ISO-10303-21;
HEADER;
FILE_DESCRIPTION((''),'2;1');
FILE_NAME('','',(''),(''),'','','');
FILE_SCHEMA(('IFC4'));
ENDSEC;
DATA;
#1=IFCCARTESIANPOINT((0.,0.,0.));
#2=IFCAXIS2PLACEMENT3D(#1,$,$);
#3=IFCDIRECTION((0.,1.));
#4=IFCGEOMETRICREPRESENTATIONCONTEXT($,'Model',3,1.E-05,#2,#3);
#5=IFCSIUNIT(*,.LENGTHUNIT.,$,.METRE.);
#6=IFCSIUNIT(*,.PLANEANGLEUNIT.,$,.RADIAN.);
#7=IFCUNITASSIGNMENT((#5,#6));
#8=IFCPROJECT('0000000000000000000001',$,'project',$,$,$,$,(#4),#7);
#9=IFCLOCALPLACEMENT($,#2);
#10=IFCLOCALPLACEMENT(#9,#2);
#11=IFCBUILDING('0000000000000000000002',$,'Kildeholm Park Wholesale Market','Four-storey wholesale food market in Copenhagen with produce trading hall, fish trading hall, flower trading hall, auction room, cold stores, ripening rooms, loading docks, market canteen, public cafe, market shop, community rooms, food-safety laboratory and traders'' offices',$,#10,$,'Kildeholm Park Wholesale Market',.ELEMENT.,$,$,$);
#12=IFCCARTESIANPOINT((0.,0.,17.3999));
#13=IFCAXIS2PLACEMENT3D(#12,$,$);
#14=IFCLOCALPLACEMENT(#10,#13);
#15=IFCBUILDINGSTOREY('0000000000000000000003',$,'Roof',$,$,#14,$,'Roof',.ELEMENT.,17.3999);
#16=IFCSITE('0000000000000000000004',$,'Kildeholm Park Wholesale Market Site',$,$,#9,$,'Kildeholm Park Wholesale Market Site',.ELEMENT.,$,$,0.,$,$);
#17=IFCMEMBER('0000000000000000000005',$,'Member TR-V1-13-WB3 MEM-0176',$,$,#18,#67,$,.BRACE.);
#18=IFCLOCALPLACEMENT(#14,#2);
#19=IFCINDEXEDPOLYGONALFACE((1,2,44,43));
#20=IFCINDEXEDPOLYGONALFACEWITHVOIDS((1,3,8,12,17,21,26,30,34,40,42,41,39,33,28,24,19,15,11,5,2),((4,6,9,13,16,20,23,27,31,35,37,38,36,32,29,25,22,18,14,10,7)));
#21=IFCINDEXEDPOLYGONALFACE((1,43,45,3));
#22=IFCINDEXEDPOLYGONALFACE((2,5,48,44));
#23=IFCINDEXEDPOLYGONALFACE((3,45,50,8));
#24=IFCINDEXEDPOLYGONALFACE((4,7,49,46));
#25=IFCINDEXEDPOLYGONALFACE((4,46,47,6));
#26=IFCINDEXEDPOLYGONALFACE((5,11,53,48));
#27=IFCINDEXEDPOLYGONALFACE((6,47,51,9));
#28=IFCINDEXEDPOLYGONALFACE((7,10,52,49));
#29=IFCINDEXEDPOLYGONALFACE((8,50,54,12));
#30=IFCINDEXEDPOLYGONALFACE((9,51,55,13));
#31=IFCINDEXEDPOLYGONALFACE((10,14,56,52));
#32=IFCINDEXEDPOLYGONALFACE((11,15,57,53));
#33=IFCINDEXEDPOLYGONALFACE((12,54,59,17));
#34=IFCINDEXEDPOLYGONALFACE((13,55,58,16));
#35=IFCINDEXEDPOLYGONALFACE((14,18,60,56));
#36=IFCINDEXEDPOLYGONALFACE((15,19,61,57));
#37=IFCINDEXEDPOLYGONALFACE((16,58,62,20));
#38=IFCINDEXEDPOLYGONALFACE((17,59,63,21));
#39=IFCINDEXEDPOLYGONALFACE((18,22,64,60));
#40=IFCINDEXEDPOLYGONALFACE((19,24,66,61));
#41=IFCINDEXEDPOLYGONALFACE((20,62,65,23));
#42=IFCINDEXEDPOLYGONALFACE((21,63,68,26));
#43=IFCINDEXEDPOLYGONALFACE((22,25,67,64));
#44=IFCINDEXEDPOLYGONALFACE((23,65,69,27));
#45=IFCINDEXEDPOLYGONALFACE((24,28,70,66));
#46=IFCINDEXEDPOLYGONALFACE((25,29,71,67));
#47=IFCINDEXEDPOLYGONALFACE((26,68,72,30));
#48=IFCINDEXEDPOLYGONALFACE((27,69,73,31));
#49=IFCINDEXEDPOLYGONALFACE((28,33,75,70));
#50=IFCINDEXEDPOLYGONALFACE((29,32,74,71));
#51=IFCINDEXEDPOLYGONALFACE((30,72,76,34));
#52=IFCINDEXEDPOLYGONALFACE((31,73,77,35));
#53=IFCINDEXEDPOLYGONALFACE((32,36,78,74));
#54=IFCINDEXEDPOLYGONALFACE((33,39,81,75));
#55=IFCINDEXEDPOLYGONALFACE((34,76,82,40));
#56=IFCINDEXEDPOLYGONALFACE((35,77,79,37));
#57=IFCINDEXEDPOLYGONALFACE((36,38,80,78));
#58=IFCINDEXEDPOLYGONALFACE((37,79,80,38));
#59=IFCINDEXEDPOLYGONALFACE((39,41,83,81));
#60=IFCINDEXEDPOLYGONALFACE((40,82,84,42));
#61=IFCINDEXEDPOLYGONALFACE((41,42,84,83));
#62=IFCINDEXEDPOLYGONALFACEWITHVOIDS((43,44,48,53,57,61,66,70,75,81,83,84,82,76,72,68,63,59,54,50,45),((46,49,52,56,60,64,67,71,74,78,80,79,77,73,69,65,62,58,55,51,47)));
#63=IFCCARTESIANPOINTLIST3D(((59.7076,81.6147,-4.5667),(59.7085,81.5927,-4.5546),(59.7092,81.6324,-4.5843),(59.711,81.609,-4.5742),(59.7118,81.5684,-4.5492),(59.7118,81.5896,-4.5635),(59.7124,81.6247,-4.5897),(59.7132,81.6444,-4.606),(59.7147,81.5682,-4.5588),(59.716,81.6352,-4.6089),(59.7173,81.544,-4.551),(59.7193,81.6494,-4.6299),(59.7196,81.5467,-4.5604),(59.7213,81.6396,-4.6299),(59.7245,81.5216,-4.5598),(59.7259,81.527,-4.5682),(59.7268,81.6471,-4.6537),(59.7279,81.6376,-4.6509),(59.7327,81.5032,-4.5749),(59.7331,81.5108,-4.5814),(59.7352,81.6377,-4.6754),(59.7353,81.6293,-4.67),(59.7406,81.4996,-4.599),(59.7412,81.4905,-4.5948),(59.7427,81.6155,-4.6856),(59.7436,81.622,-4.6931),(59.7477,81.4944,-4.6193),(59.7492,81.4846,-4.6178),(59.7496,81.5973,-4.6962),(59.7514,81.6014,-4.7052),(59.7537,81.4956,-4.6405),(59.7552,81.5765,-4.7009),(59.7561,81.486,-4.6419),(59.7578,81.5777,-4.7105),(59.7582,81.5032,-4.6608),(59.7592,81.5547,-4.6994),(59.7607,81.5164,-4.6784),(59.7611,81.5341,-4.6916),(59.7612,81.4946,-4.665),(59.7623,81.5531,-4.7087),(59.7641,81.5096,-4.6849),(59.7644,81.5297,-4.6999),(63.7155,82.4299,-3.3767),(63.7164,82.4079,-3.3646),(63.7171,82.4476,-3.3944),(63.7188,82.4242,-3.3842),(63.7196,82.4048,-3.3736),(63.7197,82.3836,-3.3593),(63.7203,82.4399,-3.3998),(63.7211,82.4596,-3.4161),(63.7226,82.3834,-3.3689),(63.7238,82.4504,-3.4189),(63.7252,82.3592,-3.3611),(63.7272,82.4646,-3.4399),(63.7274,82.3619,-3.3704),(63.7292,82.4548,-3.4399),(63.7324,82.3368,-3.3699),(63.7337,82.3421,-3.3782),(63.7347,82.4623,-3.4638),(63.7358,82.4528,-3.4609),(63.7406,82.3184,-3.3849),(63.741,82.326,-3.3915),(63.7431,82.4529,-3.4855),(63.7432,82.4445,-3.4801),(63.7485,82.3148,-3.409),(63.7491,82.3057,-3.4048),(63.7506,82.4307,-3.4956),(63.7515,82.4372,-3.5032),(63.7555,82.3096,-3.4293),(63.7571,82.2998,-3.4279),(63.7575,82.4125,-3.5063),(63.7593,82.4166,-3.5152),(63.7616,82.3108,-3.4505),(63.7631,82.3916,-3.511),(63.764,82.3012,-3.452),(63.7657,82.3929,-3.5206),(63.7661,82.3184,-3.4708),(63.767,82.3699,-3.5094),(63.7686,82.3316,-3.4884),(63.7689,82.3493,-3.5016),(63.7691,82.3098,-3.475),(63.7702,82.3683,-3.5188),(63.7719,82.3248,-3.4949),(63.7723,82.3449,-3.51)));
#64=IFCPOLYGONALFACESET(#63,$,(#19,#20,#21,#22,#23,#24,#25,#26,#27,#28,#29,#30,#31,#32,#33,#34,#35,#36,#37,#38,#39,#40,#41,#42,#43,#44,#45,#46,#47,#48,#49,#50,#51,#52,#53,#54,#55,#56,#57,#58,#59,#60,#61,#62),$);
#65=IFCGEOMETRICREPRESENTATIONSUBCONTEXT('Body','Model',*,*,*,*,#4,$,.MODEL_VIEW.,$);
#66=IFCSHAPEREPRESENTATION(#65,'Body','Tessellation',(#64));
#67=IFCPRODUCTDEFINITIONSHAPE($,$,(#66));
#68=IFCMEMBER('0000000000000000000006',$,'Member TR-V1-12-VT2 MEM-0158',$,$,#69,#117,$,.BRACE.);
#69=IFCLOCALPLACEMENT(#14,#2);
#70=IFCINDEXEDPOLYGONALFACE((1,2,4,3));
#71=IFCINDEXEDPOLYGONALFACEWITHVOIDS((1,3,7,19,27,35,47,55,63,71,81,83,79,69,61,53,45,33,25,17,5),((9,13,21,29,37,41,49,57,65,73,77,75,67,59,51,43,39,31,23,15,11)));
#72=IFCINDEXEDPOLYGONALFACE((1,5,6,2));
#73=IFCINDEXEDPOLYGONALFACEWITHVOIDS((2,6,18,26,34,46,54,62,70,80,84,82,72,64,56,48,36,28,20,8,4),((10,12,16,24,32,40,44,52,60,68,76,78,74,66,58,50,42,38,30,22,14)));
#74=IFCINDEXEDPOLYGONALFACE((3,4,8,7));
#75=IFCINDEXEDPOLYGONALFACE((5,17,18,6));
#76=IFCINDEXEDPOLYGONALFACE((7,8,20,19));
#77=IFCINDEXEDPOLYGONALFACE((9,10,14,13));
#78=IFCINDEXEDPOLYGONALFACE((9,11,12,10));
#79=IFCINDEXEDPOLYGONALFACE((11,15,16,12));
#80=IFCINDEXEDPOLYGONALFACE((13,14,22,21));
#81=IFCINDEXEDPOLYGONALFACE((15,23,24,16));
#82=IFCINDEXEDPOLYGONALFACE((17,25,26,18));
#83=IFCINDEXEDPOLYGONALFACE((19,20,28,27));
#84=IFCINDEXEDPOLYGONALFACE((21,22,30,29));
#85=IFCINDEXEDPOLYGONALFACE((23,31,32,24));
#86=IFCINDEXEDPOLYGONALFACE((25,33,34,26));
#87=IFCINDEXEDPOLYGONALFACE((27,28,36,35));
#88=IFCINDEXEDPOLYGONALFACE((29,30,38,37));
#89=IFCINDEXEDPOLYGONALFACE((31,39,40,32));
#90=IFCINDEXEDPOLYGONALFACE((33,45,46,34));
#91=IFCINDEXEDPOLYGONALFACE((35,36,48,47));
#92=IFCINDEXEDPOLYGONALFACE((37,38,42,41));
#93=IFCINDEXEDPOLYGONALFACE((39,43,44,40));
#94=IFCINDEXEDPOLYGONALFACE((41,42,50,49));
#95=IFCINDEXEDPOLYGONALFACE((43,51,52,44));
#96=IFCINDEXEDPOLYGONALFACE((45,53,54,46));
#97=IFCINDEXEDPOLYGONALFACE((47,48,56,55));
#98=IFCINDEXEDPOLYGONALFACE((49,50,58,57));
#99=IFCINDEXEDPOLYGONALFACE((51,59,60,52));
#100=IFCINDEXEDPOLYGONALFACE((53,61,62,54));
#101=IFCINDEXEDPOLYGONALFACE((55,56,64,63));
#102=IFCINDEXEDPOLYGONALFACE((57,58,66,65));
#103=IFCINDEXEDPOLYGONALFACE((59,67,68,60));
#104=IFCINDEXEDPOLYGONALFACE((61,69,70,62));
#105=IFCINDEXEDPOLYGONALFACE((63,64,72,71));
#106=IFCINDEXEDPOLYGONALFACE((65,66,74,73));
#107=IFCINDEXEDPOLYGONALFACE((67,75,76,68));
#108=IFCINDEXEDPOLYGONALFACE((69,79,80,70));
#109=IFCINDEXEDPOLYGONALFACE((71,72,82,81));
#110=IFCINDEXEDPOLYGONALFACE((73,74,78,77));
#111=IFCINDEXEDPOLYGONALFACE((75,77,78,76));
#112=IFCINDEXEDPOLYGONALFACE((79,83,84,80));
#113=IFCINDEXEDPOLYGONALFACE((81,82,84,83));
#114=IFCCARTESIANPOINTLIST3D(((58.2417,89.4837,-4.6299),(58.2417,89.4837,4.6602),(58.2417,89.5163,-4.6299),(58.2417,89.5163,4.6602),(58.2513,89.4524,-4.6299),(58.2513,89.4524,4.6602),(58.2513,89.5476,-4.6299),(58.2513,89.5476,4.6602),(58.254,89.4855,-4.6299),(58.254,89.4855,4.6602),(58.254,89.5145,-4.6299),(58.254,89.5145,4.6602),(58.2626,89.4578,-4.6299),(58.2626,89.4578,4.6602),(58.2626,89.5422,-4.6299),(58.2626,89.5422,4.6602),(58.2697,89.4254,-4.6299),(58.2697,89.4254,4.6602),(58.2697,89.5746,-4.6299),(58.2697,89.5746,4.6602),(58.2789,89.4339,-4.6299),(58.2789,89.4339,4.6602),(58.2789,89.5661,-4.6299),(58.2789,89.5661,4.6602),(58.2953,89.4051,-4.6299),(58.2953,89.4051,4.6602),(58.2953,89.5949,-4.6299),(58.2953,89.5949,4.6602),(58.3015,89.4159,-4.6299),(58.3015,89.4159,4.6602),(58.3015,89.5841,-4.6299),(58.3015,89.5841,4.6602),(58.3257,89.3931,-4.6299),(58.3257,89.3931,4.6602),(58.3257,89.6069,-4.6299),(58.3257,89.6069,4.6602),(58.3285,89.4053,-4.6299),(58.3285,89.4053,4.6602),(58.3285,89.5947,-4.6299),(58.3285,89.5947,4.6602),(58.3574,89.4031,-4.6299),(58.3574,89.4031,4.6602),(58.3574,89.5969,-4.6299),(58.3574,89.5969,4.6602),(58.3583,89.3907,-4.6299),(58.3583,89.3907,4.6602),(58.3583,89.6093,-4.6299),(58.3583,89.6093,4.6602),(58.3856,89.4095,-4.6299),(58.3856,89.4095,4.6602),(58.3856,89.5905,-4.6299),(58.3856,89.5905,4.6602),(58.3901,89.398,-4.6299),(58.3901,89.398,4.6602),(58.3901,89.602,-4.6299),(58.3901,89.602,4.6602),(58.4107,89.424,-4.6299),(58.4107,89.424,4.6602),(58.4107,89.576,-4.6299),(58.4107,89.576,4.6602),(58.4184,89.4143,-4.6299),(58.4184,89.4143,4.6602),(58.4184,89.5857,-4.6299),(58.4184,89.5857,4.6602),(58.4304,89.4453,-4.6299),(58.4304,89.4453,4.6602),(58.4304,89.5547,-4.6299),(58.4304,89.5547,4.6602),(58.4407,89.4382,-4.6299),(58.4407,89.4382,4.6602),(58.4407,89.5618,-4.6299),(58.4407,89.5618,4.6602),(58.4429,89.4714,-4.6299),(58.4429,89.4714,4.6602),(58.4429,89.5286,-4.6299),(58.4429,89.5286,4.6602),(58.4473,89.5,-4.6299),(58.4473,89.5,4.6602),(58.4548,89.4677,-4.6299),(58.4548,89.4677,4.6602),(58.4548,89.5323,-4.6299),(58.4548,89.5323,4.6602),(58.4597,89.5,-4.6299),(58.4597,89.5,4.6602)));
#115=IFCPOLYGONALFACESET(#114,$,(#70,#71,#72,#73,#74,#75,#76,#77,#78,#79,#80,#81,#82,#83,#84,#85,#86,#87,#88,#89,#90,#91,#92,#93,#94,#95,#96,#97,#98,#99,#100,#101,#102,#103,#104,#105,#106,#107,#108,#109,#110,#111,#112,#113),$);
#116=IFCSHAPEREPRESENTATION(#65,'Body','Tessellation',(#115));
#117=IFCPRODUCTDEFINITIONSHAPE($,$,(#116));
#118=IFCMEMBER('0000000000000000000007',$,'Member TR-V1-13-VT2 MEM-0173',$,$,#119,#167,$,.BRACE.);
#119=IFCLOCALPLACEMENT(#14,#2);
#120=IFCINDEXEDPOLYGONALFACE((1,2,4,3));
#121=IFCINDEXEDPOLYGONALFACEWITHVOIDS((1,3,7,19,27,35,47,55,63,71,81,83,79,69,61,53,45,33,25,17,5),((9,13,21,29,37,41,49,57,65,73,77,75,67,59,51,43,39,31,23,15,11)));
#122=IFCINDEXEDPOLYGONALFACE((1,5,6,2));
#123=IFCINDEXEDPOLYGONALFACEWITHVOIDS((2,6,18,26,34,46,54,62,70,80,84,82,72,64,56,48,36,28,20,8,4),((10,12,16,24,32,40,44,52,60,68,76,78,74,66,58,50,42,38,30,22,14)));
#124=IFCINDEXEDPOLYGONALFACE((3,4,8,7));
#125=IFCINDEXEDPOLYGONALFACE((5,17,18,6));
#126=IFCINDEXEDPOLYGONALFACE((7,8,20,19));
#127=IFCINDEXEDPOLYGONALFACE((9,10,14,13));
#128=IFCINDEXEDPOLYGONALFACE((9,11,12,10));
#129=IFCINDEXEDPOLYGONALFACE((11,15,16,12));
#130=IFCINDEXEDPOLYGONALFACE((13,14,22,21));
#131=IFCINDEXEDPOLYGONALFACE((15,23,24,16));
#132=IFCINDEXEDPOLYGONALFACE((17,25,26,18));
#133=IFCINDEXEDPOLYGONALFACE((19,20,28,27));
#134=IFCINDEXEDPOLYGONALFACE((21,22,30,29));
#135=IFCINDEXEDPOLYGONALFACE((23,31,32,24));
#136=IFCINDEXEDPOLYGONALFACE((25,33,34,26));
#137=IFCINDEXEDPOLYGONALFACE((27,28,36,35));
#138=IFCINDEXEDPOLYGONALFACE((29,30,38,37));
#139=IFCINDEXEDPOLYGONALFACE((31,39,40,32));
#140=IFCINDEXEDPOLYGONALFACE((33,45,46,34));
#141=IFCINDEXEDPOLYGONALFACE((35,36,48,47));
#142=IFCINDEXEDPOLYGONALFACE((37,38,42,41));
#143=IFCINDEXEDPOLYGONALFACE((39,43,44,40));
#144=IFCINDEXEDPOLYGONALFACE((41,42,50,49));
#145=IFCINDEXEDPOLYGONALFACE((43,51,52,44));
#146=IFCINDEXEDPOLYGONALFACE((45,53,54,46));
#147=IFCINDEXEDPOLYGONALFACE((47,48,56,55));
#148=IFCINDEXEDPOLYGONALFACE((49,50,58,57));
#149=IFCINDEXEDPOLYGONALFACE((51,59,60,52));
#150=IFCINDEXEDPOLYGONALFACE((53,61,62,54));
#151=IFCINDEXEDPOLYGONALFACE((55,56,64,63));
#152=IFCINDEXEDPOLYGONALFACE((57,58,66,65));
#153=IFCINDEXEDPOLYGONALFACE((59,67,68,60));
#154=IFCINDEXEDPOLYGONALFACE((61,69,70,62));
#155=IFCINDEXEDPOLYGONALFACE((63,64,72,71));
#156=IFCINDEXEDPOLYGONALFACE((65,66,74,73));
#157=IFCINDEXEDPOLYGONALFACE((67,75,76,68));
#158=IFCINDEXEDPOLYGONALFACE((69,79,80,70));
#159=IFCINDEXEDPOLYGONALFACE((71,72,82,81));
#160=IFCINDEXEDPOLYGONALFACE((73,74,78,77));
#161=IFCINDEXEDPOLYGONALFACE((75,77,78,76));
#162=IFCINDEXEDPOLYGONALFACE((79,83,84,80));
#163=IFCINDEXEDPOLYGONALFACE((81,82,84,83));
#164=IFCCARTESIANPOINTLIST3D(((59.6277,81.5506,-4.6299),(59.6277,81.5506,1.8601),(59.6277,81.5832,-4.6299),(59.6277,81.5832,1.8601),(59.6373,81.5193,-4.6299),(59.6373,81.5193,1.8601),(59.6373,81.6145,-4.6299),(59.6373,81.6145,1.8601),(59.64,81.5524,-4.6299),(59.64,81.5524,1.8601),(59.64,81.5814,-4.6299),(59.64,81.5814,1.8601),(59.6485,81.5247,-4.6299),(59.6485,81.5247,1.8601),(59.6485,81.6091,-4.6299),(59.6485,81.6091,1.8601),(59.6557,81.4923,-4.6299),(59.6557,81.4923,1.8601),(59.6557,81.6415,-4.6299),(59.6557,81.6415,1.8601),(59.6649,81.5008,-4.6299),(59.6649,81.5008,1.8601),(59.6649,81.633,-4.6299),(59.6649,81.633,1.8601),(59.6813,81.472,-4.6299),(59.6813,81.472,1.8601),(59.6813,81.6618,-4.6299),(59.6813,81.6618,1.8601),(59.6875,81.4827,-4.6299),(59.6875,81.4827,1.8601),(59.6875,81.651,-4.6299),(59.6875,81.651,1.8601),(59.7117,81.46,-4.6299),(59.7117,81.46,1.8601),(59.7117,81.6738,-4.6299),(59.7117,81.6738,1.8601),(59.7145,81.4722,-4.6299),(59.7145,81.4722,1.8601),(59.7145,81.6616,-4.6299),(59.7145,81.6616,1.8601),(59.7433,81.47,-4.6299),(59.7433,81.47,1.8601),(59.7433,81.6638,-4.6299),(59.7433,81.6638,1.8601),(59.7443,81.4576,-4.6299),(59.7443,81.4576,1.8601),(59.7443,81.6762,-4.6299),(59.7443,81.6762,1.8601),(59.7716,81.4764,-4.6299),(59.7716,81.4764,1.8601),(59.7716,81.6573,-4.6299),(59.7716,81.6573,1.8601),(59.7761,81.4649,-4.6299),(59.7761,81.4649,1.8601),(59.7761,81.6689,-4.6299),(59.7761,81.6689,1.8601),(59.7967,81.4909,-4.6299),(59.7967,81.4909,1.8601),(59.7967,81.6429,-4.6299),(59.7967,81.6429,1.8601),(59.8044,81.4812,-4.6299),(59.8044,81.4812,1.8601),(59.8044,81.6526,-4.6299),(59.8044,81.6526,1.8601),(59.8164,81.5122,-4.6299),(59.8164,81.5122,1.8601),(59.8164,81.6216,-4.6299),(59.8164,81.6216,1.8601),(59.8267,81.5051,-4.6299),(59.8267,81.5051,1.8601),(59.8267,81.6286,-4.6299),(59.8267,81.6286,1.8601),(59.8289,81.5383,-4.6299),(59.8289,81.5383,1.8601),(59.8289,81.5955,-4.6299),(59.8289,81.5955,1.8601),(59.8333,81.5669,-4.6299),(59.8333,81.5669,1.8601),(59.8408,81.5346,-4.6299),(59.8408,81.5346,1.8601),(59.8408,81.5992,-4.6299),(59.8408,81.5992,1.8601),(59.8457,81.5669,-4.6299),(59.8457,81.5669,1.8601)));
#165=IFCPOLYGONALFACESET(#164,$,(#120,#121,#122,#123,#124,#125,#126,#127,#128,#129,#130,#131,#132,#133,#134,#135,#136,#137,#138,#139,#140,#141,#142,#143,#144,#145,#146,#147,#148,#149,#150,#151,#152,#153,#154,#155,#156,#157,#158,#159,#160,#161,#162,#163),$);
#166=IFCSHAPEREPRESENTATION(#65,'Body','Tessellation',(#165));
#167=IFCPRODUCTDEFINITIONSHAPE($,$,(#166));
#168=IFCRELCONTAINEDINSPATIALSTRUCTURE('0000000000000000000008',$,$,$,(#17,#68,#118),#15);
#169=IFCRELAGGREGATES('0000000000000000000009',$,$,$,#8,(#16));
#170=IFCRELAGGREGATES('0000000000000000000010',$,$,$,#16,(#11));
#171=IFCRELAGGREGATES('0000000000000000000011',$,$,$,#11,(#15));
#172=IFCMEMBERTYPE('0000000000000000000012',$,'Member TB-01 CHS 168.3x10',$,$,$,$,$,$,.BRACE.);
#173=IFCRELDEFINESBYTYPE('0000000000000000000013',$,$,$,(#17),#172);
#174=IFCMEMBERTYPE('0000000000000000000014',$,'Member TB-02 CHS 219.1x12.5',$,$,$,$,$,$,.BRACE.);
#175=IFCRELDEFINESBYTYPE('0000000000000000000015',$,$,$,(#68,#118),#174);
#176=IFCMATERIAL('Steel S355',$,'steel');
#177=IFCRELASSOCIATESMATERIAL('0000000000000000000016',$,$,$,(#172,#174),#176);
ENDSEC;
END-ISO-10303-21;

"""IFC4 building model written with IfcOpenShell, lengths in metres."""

from ifc_helpers import new_model, si_unit, direction, frame, origin, origin_2d, place, context, subcontext, project, spatial, hollow_circle, extrude, material, material_profile, profile_set, type_object, element, save


model = new_model("IFC4")

# Units and contexts
model_context = context("Model", 3, precision=1e-05, world=origin(), true_north=direction((0.0, 1.0)))
body_context = subcontext(model_context, "Body", "Model", "MODEL_VIEW")
ifc_project = project(units=[si_unit("LENGTHUNIT", "METRE"), si_unit("PLANEANGLEUNIT", "RADIAN")], contexts=[model_context])

# Site, building, storey
site_placement = place(None, origin())
site = spatial("IfcSite", under=ifc_project, at=site_placement, Name="Kildeholm Park Wholesale Market Site", LongName="Kildeholm Park Wholesale Market Site", CompositionType="ELEMENT", RefElevation=0.0)
building_placement = place(site_placement, origin())
building = spatial("IfcBuilding", under=site, at=building_placement, Name="Kildeholm Park Wholesale Market", Description="Four-storey wholesale food market in Copenhagen with produce trading hall, fish trading hall, flower trading hall, auction room, cold stores, ripening rooms, loading docks, market canteen, public cafe, market shop, community rooms, food-safety laboratory and traders' offices", LongName="Kildeholm Park Wholesale Market", CompositionType="ELEMENT")
storey_placement = place(building_placement, frame((0.0, 0.0, 17.3999)))
storey = spatial("IfcBuildingStorey", under=building, at=storey_placement, Name="Roof", LongName="Roof", CompositionType="ELEMENT", Elevation=17.3999)

# Members
ifc_material_1 = material(Name="Steel S355", Category="steel")
ifc_material_profile_1 = material_profile(ifc_material_1, hollow_circle(Radius=0.0842, WallThickness=0.01, at=origin_2d()), Name="CHS 168.3x10")
ifc_profile_set_1 = profile_set([ifc_material_profile_1], Name="Steel S355")
member_type_1 = type_object("IfcMemberType", Name="Member TB-01 CHS 168.3x10", PredefinedType="BRACE", material=ifc_profile_set_1)
member_1_placement = place(storey_placement, frame((59.7361, 81.5669, -4.6299), z_axis=(0.940919, 0.191382, 0.279364), x_axis=(-0.199318, 0.979935, 0.0)))
element("IfcMember", 1, at=member_1_placement, inside=storey, type_object=member_type_1, Name="Member TR-V1-13-WB3 MEM-0176", PredefinedType="BRACE", context=body_context, shape_type="SweptSolid", body=[
    extrude(hollow_circle(Radius=0.0842, WallThickness=0.01, at=origin_2d()), origin(), (0.0, 0.0, 1.0), 4.2595),
])
ifc_material_profile_2 = material_profile(ifc_material_1, hollow_circle(Radius=0.1096, WallThickness=0.0125, at=origin_2d()), Name="CHS 219.1x12.5")
ifc_profile_set_2 = profile_set([ifc_material_profile_2], Name="Steel S355")
member_type_2 = type_object("IfcMemberType", Name="Member TB-02 CHS 219.1x12.5", PredefinedType="BRACE", material=ifc_profile_set_2)
member_2_placement = place(storey_placement, frame((58.3501, 89.5, -4.6299), z_axis=(0.0, 0.0, 1.0), x_axis=(1.0, 0.0, 0.0)))
element("IfcMember", 2, at=member_2_placement, inside=storey, type_object=member_type_2, Name="Member TR-V1-12-VT2 MEM-0158", PredefinedType="BRACE", context=body_context, shape_type="SweptSolid", body=[
    extrude(hollow_circle(Radius=0.1096, WallThickness=0.0125, at=origin_2d()), origin(), (0.0, 0.0, 1.0), 9.29),
])
member_3_placement = place(storey_placement, frame((59.7361, 81.5669, -4.6299), z_axis=(0.0, 0.0, 1.0), x_axis=(1.0, 0.0, 0.0)))
element("IfcMember", 3, at=member_3_placement, inside=storey, type_object=member_type_2, Name="Member TR-V1-13-VT2 MEM-0173", PredefinedType="BRACE", context=body_context, shape_type="SweptSolid", body=[
    extrude(hollow_circle(Radius=0.1096, WallThickness=0.0125, at=origin_2d()), origin(), (0.0, 0.0, 1.0), 6.49),
])

save(model, "model.ifc")
